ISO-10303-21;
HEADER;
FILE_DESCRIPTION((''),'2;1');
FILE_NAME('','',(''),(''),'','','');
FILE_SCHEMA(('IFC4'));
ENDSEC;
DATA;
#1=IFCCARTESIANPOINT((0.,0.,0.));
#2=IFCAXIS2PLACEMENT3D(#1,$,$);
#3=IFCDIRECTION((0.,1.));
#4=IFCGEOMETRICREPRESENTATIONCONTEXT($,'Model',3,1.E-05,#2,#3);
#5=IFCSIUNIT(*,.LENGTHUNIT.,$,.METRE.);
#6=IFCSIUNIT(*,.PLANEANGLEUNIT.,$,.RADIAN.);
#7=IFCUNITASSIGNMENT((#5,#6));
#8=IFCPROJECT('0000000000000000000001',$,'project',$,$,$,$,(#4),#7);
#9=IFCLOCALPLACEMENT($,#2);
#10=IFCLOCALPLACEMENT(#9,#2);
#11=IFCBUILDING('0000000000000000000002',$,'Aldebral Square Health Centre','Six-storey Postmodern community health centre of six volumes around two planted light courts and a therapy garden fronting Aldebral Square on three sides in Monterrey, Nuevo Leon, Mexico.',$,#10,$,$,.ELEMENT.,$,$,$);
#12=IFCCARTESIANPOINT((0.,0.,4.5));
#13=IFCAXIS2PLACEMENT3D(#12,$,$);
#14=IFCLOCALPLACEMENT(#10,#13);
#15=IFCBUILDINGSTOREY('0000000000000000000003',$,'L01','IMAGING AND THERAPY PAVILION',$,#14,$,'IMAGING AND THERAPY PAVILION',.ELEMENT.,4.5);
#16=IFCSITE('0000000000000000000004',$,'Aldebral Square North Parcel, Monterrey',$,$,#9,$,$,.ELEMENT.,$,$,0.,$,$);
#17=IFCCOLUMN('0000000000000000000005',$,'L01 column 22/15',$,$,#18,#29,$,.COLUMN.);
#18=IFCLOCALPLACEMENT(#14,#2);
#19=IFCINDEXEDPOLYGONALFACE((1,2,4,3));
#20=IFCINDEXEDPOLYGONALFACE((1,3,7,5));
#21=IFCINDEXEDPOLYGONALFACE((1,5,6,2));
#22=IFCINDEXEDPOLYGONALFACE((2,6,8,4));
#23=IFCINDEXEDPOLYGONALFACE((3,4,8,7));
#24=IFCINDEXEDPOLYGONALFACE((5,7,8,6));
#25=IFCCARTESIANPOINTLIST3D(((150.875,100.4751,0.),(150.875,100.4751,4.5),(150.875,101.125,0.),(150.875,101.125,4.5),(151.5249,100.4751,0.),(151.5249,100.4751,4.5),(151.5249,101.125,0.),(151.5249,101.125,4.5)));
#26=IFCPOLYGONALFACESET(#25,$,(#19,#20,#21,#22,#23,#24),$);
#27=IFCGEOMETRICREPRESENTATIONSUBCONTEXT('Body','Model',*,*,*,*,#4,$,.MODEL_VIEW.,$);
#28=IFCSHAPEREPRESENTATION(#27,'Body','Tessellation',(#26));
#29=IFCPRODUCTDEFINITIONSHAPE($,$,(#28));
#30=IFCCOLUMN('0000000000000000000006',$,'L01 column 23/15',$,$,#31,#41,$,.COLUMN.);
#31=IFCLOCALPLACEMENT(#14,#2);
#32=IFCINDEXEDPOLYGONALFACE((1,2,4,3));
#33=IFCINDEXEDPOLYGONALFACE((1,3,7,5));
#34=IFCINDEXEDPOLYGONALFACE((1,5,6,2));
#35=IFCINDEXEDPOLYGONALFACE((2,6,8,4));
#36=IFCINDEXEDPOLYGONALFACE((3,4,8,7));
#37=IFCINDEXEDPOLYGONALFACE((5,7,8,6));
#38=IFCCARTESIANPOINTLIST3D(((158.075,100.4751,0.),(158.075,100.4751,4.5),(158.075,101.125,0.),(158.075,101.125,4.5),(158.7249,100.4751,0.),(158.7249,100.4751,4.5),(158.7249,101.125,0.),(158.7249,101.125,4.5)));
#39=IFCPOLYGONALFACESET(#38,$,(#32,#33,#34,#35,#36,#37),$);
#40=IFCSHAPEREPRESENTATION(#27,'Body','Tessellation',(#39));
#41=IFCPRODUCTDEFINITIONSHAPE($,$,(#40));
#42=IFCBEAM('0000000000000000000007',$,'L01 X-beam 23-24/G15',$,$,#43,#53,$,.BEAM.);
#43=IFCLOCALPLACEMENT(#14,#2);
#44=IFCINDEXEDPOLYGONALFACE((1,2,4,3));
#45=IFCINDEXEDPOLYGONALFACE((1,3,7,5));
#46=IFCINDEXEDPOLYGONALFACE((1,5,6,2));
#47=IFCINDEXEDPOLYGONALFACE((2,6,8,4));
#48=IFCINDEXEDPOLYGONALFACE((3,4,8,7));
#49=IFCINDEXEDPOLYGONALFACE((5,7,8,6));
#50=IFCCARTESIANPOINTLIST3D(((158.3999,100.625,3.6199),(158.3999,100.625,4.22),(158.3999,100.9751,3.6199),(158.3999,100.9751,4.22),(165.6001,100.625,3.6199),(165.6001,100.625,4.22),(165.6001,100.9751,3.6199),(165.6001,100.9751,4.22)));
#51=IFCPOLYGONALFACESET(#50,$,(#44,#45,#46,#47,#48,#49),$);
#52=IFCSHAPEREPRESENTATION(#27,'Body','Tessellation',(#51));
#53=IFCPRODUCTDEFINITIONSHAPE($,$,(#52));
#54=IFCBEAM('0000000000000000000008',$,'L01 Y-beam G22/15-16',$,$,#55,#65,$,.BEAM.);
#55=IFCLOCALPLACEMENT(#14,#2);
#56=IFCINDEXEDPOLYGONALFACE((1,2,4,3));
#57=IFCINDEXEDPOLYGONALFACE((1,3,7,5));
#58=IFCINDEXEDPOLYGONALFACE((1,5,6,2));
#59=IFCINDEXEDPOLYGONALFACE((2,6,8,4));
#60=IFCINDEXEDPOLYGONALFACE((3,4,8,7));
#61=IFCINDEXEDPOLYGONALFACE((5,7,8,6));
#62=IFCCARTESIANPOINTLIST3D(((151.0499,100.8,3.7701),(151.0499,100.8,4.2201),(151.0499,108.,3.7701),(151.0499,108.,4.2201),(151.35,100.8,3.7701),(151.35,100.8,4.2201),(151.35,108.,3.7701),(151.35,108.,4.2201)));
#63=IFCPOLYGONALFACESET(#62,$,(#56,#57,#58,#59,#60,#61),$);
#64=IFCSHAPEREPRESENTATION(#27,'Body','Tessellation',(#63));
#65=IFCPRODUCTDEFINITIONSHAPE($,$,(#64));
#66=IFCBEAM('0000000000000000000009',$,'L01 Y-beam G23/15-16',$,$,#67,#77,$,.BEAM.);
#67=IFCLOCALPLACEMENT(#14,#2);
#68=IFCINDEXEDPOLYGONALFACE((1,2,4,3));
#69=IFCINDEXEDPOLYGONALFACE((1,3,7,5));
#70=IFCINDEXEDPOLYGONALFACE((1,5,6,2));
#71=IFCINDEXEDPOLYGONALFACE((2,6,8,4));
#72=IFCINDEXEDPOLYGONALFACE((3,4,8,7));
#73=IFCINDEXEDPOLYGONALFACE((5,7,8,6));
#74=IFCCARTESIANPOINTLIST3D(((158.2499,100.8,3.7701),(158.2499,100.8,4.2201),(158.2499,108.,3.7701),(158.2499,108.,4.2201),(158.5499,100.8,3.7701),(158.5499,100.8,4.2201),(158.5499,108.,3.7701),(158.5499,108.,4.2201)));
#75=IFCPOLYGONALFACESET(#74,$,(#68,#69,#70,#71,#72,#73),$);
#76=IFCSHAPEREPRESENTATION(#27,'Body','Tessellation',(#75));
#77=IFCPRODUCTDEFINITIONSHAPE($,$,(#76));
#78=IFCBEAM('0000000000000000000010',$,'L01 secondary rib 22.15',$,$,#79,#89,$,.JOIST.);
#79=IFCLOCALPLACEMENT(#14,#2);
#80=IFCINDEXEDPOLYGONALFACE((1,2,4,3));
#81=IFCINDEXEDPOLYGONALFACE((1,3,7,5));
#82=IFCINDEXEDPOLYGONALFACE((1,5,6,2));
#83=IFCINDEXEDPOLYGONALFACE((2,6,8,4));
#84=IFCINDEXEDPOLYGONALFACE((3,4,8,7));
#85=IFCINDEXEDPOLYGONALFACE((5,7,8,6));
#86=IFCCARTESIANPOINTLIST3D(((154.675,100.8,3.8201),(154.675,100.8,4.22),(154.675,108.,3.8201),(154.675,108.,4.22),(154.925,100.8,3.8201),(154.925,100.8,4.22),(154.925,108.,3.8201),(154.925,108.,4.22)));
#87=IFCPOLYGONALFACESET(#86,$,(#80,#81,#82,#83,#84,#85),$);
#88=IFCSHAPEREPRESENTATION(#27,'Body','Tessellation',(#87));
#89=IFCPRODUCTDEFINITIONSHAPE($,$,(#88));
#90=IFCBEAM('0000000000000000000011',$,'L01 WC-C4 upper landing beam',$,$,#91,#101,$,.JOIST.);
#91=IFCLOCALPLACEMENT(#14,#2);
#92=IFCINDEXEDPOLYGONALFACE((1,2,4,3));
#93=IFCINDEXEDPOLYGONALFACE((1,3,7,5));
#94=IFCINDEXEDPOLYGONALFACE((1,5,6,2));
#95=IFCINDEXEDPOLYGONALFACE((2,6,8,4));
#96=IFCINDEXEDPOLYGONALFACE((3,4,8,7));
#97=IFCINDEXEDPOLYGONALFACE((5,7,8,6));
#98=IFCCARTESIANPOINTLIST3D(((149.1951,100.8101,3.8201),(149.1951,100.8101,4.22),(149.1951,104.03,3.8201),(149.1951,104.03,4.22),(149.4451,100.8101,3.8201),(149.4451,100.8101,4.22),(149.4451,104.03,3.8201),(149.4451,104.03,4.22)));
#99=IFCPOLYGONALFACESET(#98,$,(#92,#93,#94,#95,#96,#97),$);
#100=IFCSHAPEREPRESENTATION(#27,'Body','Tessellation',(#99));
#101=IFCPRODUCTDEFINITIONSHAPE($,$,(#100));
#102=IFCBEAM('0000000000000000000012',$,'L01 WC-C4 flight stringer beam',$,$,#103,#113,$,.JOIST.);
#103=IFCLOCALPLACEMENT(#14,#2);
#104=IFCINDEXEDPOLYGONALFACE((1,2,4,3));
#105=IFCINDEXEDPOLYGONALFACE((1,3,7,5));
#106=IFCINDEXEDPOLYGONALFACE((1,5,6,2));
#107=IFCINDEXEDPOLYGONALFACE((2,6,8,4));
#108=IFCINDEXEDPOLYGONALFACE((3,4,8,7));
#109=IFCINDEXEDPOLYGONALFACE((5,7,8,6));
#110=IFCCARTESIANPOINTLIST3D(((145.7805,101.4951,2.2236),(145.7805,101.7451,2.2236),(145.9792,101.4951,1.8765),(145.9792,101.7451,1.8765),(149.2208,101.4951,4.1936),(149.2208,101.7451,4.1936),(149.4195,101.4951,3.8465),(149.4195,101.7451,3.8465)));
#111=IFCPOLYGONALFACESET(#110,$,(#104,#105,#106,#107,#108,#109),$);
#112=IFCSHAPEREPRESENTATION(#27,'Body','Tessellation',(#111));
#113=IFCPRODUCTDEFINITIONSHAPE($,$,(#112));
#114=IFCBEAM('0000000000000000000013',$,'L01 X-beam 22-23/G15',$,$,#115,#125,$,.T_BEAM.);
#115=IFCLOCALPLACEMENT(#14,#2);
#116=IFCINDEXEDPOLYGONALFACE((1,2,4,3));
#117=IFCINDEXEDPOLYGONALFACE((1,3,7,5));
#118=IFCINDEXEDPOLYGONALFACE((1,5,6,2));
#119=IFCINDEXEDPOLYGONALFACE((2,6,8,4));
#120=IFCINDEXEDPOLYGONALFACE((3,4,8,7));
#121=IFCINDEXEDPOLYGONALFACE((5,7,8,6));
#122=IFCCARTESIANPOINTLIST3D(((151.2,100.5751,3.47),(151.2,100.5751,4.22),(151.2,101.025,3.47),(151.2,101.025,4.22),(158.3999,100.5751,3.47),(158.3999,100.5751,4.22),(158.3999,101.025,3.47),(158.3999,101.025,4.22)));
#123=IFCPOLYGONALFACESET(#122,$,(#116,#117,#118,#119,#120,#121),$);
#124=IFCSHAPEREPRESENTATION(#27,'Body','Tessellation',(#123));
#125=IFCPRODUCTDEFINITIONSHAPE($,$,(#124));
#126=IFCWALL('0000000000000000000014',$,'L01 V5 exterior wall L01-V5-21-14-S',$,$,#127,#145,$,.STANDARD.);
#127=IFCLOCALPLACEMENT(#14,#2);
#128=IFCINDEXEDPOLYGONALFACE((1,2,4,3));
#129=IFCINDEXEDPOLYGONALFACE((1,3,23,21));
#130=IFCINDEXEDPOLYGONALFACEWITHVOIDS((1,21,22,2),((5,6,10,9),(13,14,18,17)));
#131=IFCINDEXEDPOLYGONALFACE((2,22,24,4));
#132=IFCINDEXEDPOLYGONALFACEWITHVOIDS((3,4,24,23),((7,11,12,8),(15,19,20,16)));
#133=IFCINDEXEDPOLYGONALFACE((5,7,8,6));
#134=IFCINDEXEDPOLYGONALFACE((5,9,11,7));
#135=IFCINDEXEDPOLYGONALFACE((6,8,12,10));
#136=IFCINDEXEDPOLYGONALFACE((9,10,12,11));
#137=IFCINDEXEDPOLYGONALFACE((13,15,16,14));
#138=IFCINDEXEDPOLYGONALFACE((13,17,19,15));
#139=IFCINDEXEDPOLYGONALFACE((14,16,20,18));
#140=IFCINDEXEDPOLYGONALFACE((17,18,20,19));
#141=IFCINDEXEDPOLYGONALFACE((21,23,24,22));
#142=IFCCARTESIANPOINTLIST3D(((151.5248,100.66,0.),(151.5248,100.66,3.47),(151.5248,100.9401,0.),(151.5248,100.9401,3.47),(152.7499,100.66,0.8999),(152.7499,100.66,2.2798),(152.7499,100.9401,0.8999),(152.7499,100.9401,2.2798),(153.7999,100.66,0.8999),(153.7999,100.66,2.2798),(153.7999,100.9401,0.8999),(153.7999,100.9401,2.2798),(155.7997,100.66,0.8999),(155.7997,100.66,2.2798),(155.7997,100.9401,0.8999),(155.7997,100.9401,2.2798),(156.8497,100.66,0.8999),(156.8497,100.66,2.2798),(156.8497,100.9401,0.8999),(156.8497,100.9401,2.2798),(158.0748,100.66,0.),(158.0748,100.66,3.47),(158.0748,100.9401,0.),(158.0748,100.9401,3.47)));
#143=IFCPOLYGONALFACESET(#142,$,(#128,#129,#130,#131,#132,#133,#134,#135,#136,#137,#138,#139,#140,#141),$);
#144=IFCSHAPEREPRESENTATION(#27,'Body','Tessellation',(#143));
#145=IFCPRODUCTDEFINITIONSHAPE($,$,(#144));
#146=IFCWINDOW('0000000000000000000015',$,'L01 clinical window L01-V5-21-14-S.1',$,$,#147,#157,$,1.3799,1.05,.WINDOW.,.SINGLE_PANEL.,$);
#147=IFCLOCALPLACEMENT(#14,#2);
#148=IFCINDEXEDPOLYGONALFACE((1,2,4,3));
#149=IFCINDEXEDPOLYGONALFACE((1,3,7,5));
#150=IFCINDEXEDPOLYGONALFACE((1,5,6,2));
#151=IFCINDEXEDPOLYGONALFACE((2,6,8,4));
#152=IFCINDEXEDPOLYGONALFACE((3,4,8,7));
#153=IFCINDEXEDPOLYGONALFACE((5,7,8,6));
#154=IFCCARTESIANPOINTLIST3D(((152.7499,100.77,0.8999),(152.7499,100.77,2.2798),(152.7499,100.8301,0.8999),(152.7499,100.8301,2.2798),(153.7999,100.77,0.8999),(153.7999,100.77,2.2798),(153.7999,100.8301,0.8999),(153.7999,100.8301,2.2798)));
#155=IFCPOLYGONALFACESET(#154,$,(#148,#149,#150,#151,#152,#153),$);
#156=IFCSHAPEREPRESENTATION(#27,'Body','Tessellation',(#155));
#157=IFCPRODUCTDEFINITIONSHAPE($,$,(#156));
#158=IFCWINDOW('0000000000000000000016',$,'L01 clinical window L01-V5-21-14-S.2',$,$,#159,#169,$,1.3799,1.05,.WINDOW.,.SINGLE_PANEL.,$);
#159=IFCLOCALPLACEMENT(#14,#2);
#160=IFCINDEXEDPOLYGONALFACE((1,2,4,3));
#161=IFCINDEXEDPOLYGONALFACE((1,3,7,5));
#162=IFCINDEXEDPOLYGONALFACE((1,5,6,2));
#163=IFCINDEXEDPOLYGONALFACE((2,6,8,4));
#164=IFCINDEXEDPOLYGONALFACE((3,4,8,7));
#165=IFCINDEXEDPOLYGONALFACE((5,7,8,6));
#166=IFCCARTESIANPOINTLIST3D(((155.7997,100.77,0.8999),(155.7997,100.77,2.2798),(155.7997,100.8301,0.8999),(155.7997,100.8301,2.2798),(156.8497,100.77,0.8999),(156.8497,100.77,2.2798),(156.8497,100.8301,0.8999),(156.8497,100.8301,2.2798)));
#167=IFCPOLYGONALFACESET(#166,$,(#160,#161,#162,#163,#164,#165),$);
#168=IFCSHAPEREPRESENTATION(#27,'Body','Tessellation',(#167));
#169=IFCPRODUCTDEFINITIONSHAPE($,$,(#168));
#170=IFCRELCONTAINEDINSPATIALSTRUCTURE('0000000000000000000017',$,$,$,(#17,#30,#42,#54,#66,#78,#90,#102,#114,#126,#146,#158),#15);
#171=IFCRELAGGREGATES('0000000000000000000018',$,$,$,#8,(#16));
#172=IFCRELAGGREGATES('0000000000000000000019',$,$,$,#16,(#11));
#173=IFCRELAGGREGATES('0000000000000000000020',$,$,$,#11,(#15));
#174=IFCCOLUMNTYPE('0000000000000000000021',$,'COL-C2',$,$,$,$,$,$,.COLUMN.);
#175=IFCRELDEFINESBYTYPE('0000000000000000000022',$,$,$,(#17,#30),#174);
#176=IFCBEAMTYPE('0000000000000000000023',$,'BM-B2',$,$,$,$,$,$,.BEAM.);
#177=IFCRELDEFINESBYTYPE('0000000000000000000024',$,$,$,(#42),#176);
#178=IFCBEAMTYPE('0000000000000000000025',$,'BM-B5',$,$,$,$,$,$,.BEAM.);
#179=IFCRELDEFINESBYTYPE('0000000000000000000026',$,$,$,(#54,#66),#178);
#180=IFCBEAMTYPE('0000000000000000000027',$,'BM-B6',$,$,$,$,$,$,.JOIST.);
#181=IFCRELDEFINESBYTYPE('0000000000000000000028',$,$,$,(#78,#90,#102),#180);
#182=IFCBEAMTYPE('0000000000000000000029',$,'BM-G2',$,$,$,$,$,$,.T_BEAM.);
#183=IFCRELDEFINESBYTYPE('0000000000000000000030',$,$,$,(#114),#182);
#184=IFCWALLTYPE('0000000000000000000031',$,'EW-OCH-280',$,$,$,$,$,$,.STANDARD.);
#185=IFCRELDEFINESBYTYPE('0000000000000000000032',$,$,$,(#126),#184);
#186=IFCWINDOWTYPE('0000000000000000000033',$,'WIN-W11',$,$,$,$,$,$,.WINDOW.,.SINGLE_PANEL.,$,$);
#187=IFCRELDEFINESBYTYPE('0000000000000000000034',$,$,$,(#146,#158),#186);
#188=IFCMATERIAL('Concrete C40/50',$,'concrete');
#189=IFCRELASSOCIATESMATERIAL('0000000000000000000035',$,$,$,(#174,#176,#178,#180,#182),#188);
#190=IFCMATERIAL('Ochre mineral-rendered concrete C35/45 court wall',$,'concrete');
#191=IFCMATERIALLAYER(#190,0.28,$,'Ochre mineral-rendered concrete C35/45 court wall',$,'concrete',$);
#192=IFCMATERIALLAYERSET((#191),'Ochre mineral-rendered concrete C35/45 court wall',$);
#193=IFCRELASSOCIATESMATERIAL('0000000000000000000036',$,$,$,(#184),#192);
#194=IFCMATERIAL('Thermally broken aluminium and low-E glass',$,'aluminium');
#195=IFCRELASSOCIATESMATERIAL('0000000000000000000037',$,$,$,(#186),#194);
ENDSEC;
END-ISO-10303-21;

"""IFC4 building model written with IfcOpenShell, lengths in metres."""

from ifc_helpers import new_model, si_unit, direction, frame, frame_2d, origin, origin_2d, place, context, subcontext, project, spatial, rectangle, extrude, material, layer, layer_set, material_profile, profile_set, type_object, element, fill, save


model = new_model("IFC4")

# Units and contexts
model_context = context("Model", 3, precision=1e-05, world=origin(), true_north=direction((0.0, 1.0)))
body_context = subcontext(model_context, "Body", "Model", "MODEL_VIEW")
ifc_project = project(units=[si_unit("LENGTHUNIT", "METRE"), si_unit("PLANEANGLEUNIT", "RADIAN")], contexts=[model_context])

# Site, building, storey
site_placement = place(None, origin())
site = spatial("IfcSite", under=ifc_project, at=site_placement, Name="Aldebral Square North Parcel, Monterrey", CompositionType="ELEMENT", RefElevation=0.0)
building_placement = place(site_placement, origin())
building = spatial("IfcBuilding", under=site, at=building_placement, Name="Aldebral Square Health Centre", Description="Six-storey Postmodern community health centre of six volumes around two planted light courts and a therapy garden fronting Aldebral Square on three sides in Monterrey, Nuevo Leon, Mexico.", CompositionType="ELEMENT")
storey_placement = place(building_placement, frame((0.0, 0.0, 4.5)))
storey = spatial("IfcBuildingStorey", under=building, at=storey_placement, Name="L01", Description="IMAGING AND THERAPY PAVILION", LongName="IMAGING AND THERAPY PAVILION", CompositionType="ELEMENT", Elevation=4.5)

# Columns
ifc_material_1 = material(Name="Concrete C40/50", Category="concrete")
ifc_material_profile_1 = material_profile(ifc_material_1, rectangle(XDim=0.6499, YDim=0.6499, at=origin_2d()), Name="RC 650x650")
ifc_profile_set_1 = profile_set([ifc_material_profile_1], Name="Concrete C40/50")
column_type = type_object("IfcColumnType", Name="COL-C2", PredefinedType="COLUMN", material=ifc_profile_set_1)
for number, where, z_axis, x_axis, name in (
    (1, (151.2, 100.8, 0.0), (0.0, 0.0, 1.0), (1.0, 0.0, 0.0), "L01 column 22/15"),
    (2, (158.3999, 100.8, 0.0), (0.0, 0.0, 1.0), (1.0, 0.0, 0.0), "L01 column 23/15"),
):
    element("IfcColumn", number, at=place(storey_placement, frame(where, z_axis=z_axis, x_axis=x_axis)), inside=storey, type_object=column_type, Name=name, PredefinedType="COLUMN", context=body_context, shape_type="SweptSolid", body=[
        extrude(rectangle(XDim=0.6499, YDim=0.6499, at=origin_2d()), origin(), (0.0, 0.0, 1.0), 4.5),
    ])

# Beams
ifc_material_profile_2 = material_profile(ifc_material_1, rectangle(XDim=0.3501, YDim=0.6001, at=origin_2d()), Name="RC 350x600")
ifc_profile_set_2 = profile_set([ifc_material_profile_2], Name="Concrete C40/50")
beam_type_1 = type_object("IfcBeamType", Name="BM-B2", PredefinedType="BEAM", material=ifc_profile_set_2)
beam_1_placement = place(storey_placement, frame((158.3999, 100.8, 3.9199), z_axis=(1.0, 0.0, 0.0), x_axis=(0.0, 1.0, 0.0)))
element("IfcBeam", 3, at=beam_1_placement, inside=storey, type_object=beam_type_1, Name="L01 X-beam 23-24/G15", PredefinedType="BEAM", context=body_context, shape_type="SweptSolid", body=[
    extrude(rectangle(XDim=0.3501, YDim=0.6001, at=origin_2d()), origin(), (0.0, 0.0, 1.0), 7.2002),
])
ifc_material_profile_3 = material_profile(ifc_material_1, rectangle(XDim=0.3, YDim=0.45, at=origin_2d()), Name="RC 300x450")
ifc_profile_set_3 = profile_set([ifc_material_profile_3], Name="Concrete C40/50")
beam_type_2 = type_object("IfcBeamType", Name="BM-B5", PredefinedType="BEAM", material=ifc_profile_set_3)
for number, where, z_axis, x_axis, name in (
    (4, (151.2, 100.8, 3.9951), (0.0, 1.0, 0.0), (-1.0, 0.0, 0.0), "L01 Y-beam G22/15-16"),
    (5, (158.3999, 100.8, 3.9951), (0.0, 1.0, 0.0), (-1.0, 0.0, 0.0), "L01 Y-beam G23/15-16"),
):
    element("IfcBeam", number, at=place(storey_placement, frame(where, z_axis=z_axis, x_axis=x_axis)), inside=storey, type_object=beam_type_2, Name=name, PredefinedType="BEAM", context=body_context, shape_type="SweptSolid", body=[
        extrude(rectangle(XDim=0.3, YDim=0.45, at=origin_2d()), origin(), (0.0, 0.0, 1.0), 7.2),
    ])
ifc_material_profile_4 = material_profile(ifc_material_1, rectangle(XDim=0.25, YDim=0.3999, at=origin_2d()), Name="RC 250x400")
ifc_profile_set_4 = profile_set([ifc_material_profile_4], Name="Concrete C40/50")
beam_type_3 = type_object("IfcBeamType", Name="BM-B6", PredefinedType="JOIST", material=ifc_profile_set_4)
beam_2_placement = place(storey_placement, frame((154.8, 100.8, 4.02), z_axis=(0.0, 1.0, 0.0), x_axis=(-1.0, 0.0, 0.0)))
element("IfcBeam", 6, at=beam_2_placement, inside=storey, type_object=beam_type_3, Name="L01 secondary rib 22.15", PredefinedType="JOIST", context=body_context, shape_type="SweptSolid", body=[
    extrude(rectangle(XDim=0.25, YDim=0.3999, at=origin_2d()), origin(), (0.0, 0.0, 1.0), 7.2),
])
beam_3_placement = place(storey_placement, frame((149.3201, 100.8101, 4.02), z_axis=(0.0, 1.0, 0.0), x_axis=(-1.0, 0.0, 0.0)))
element("IfcBeam", 7, at=beam_3_placement, inside=storey, type_object=beam_type_3, Name="L01 WC-C4 upper landing beam", PredefinedType="JOIST", context=body_context, shape_type="SweptSolid", body=[
    extrude(rectangle(XDim=0.25, YDim=0.3999, at=origin_2d()), origin(), (0.0, 0.0, 1.0), 3.22),
])
beam_4_placement = place(storey_placement, frame((145.8799, 101.6201, 2.05), z_axis=(0.867792, 0.0, 0.496928), x_axis=(0.0, 1.0, 0.0)))
element("IfcBeam", 8, at=beam_4_placement, inside=storey, type_object=beam_type_3, Name="L01 WC-C4 flight stringer beam", PredefinedType="JOIST", context=body_context, shape_type="SweptSolid", body=[
    extrude(rectangle(XDim=0.25, YDim=0.3999, at=origin_2d()), origin(), (0.0, 0.0, 1.0), 3.9644),
])
ifc_material_profile_5 = material_profile(ifc_material_1, rectangle(XDim=0.45, YDim=0.75, at=origin_2d()), Name="RC 450x750")
ifc_profile_set_5 = profile_set([ifc_material_profile_5], Name="Concrete C40/50")
beam_type_4 = type_object("IfcBeamType", Name="BM-G2", PredefinedType="T_BEAM", material=ifc_profile_set_5)
beam_5_placement = place(storey_placement, frame((151.2, 100.8, 3.845), z_axis=(1.0, 0.0, 0.0), x_axis=(0.0, 1.0, 0.0)))
element("IfcBeam", 9, at=beam_5_placement, inside=storey, type_object=beam_type_4, Name="L01 X-beam 22-23/G15", PredefinedType="T_BEAM", context=body_context, shape_type="SweptSolid", body=[
    extrude(rectangle(XDim=0.45, YDim=0.75, at=origin_2d()), origin(), (0.0, 0.0, 1.0), 7.2),
])

# Wall, openings, windows
ifc_material_2 = material(Name="Ochre mineral-rendered concrete C35/45 court wall", Category="concrete")
ifc_layer_1 = layer(ifc_material_2, 0.28, Name="Ochre mineral-rendered concrete C35/45 court wall", Category="concrete")
ifc_layer_set_1 = layer_set([ifc_layer_1], Name="Ochre mineral-rendered concrete C35/45 court wall")
wall_type_1 = type_object("IfcWallType", Name="EW-OCH-280", PredefinedType="STANDARD", material=ifc_layer_set_1)
wall_1_placement = place(storey_placement, frame((151.5249, 100.8, 0.0), z_axis=(0.0, 0.0, 1.0), x_axis=(1.0, 0.0, 0.0)))
wall_1 = element("IfcWall", 10, at=wall_1_placement, inside=storey, type_object=wall_type_1, Name="L01 V5 exterior wall L01-V5-21-14-S", PredefinedType="STANDARD", context=body_context, shape_type="SweptSolid", body=[
    extrude(rectangle(XDim=6.55, YDim=0.28, at=frame_2d((3.2749, 0.0))), origin(), (0.0, 0.0, 1.0), 3.47),
])
opening_1_placement = place(wall_1_placement, frame((1.2251, 0.0, 0.8999)))
opening_1 = element("IfcOpeningElement", 11, at=opening_1_placement, cuts=wall_1, PredefinedType="OPENING", context=body_context, shape_type="SweptSolid", body=[
    extrude(rectangle(XDim=1.05, YDim=1.3799, at=frame_2d((0.5249, 0.6899))), frame((0.0, 0.1499, 0.0), z_axis=(0.0, -1.0, 0.0), x_axis=(1.0, 0.0, 0.0)), (0.0, 0.0, 1.0), 0.3),
])
opening_2_placement = place(wall_1_placement, frame((4.2749, 0.0, 0.8999)))
opening_2 = element("IfcOpeningElement", 12, at=opening_2_placement, cuts=wall_1, PredefinedType="OPENING", context=body_context, shape_type="SweptSolid", body=[
    extrude(rectangle(XDim=1.05, YDim=1.3799, at=frame_2d((0.5249, 0.6899))), frame((0.0, 0.1499, 0.0), z_axis=(0.0, -1.0, 0.0), x_axis=(1.0, 0.0, 0.0)), (0.0, 0.0, 1.0), 0.3),
])
ifc_material_3 = material(Name="Thermally broken aluminium and low-E glass", Category="aluminium")
window_type = type_object("IfcWindowType", Name="WIN-W11", PartitioningType="SINGLE_PANEL", PredefinedType="WINDOW", material=ifc_material_3)
window_1_placement = place(opening_1_placement, origin())
window_1 = element("IfcWindow", 13, at=window_1_placement, inside=storey, type_object=window_type, Name="L01 clinical window L01-V5-21-14-S.1", OverallHeight=1.3799, OverallWidth=1.05, PartitioningType="SINGLE_PANEL", PredefinedType="WINDOW", context=body_context, shape_type="SweptSolid", body=[
    extrude(rectangle(XDim=1.05, YDim=1.3799, at=frame_2d((0.5249, 0.6899))), frame((0.0, 0.03, 0.0), z_axis=(0.0, -1.0, 0.0), x_axis=(1.0, 0.0, 0.0)), (0.0, 0.0, 1.0), 0.0601),
])
fill(opening_1, window_1)
window_2_placement = place(opening_2_placement, origin())
window_2 = element("IfcWindow", 14, at=window_2_placement, inside=storey, type_object=window_type, Name="L01 clinical window L01-V5-21-14-S.2", OverallHeight=1.3799, OverallWidth=1.05, PartitioningType="SINGLE_PANEL", PredefinedType="WINDOW", context=body_context, shape_type="SweptSolid", body=[
    extrude(rectangle(XDim=1.05, YDim=1.3799, at=frame_2d((0.5249, 0.6899))), frame((0.0, 0.03, 0.0), z_axis=(0.0, -1.0, 0.0), x_axis=(1.0, 0.0, 0.0)), (0.0, 0.0, 1.0), 0.0601),
])
fill(opening_2, window_2)

save(model, "model.ifc")
